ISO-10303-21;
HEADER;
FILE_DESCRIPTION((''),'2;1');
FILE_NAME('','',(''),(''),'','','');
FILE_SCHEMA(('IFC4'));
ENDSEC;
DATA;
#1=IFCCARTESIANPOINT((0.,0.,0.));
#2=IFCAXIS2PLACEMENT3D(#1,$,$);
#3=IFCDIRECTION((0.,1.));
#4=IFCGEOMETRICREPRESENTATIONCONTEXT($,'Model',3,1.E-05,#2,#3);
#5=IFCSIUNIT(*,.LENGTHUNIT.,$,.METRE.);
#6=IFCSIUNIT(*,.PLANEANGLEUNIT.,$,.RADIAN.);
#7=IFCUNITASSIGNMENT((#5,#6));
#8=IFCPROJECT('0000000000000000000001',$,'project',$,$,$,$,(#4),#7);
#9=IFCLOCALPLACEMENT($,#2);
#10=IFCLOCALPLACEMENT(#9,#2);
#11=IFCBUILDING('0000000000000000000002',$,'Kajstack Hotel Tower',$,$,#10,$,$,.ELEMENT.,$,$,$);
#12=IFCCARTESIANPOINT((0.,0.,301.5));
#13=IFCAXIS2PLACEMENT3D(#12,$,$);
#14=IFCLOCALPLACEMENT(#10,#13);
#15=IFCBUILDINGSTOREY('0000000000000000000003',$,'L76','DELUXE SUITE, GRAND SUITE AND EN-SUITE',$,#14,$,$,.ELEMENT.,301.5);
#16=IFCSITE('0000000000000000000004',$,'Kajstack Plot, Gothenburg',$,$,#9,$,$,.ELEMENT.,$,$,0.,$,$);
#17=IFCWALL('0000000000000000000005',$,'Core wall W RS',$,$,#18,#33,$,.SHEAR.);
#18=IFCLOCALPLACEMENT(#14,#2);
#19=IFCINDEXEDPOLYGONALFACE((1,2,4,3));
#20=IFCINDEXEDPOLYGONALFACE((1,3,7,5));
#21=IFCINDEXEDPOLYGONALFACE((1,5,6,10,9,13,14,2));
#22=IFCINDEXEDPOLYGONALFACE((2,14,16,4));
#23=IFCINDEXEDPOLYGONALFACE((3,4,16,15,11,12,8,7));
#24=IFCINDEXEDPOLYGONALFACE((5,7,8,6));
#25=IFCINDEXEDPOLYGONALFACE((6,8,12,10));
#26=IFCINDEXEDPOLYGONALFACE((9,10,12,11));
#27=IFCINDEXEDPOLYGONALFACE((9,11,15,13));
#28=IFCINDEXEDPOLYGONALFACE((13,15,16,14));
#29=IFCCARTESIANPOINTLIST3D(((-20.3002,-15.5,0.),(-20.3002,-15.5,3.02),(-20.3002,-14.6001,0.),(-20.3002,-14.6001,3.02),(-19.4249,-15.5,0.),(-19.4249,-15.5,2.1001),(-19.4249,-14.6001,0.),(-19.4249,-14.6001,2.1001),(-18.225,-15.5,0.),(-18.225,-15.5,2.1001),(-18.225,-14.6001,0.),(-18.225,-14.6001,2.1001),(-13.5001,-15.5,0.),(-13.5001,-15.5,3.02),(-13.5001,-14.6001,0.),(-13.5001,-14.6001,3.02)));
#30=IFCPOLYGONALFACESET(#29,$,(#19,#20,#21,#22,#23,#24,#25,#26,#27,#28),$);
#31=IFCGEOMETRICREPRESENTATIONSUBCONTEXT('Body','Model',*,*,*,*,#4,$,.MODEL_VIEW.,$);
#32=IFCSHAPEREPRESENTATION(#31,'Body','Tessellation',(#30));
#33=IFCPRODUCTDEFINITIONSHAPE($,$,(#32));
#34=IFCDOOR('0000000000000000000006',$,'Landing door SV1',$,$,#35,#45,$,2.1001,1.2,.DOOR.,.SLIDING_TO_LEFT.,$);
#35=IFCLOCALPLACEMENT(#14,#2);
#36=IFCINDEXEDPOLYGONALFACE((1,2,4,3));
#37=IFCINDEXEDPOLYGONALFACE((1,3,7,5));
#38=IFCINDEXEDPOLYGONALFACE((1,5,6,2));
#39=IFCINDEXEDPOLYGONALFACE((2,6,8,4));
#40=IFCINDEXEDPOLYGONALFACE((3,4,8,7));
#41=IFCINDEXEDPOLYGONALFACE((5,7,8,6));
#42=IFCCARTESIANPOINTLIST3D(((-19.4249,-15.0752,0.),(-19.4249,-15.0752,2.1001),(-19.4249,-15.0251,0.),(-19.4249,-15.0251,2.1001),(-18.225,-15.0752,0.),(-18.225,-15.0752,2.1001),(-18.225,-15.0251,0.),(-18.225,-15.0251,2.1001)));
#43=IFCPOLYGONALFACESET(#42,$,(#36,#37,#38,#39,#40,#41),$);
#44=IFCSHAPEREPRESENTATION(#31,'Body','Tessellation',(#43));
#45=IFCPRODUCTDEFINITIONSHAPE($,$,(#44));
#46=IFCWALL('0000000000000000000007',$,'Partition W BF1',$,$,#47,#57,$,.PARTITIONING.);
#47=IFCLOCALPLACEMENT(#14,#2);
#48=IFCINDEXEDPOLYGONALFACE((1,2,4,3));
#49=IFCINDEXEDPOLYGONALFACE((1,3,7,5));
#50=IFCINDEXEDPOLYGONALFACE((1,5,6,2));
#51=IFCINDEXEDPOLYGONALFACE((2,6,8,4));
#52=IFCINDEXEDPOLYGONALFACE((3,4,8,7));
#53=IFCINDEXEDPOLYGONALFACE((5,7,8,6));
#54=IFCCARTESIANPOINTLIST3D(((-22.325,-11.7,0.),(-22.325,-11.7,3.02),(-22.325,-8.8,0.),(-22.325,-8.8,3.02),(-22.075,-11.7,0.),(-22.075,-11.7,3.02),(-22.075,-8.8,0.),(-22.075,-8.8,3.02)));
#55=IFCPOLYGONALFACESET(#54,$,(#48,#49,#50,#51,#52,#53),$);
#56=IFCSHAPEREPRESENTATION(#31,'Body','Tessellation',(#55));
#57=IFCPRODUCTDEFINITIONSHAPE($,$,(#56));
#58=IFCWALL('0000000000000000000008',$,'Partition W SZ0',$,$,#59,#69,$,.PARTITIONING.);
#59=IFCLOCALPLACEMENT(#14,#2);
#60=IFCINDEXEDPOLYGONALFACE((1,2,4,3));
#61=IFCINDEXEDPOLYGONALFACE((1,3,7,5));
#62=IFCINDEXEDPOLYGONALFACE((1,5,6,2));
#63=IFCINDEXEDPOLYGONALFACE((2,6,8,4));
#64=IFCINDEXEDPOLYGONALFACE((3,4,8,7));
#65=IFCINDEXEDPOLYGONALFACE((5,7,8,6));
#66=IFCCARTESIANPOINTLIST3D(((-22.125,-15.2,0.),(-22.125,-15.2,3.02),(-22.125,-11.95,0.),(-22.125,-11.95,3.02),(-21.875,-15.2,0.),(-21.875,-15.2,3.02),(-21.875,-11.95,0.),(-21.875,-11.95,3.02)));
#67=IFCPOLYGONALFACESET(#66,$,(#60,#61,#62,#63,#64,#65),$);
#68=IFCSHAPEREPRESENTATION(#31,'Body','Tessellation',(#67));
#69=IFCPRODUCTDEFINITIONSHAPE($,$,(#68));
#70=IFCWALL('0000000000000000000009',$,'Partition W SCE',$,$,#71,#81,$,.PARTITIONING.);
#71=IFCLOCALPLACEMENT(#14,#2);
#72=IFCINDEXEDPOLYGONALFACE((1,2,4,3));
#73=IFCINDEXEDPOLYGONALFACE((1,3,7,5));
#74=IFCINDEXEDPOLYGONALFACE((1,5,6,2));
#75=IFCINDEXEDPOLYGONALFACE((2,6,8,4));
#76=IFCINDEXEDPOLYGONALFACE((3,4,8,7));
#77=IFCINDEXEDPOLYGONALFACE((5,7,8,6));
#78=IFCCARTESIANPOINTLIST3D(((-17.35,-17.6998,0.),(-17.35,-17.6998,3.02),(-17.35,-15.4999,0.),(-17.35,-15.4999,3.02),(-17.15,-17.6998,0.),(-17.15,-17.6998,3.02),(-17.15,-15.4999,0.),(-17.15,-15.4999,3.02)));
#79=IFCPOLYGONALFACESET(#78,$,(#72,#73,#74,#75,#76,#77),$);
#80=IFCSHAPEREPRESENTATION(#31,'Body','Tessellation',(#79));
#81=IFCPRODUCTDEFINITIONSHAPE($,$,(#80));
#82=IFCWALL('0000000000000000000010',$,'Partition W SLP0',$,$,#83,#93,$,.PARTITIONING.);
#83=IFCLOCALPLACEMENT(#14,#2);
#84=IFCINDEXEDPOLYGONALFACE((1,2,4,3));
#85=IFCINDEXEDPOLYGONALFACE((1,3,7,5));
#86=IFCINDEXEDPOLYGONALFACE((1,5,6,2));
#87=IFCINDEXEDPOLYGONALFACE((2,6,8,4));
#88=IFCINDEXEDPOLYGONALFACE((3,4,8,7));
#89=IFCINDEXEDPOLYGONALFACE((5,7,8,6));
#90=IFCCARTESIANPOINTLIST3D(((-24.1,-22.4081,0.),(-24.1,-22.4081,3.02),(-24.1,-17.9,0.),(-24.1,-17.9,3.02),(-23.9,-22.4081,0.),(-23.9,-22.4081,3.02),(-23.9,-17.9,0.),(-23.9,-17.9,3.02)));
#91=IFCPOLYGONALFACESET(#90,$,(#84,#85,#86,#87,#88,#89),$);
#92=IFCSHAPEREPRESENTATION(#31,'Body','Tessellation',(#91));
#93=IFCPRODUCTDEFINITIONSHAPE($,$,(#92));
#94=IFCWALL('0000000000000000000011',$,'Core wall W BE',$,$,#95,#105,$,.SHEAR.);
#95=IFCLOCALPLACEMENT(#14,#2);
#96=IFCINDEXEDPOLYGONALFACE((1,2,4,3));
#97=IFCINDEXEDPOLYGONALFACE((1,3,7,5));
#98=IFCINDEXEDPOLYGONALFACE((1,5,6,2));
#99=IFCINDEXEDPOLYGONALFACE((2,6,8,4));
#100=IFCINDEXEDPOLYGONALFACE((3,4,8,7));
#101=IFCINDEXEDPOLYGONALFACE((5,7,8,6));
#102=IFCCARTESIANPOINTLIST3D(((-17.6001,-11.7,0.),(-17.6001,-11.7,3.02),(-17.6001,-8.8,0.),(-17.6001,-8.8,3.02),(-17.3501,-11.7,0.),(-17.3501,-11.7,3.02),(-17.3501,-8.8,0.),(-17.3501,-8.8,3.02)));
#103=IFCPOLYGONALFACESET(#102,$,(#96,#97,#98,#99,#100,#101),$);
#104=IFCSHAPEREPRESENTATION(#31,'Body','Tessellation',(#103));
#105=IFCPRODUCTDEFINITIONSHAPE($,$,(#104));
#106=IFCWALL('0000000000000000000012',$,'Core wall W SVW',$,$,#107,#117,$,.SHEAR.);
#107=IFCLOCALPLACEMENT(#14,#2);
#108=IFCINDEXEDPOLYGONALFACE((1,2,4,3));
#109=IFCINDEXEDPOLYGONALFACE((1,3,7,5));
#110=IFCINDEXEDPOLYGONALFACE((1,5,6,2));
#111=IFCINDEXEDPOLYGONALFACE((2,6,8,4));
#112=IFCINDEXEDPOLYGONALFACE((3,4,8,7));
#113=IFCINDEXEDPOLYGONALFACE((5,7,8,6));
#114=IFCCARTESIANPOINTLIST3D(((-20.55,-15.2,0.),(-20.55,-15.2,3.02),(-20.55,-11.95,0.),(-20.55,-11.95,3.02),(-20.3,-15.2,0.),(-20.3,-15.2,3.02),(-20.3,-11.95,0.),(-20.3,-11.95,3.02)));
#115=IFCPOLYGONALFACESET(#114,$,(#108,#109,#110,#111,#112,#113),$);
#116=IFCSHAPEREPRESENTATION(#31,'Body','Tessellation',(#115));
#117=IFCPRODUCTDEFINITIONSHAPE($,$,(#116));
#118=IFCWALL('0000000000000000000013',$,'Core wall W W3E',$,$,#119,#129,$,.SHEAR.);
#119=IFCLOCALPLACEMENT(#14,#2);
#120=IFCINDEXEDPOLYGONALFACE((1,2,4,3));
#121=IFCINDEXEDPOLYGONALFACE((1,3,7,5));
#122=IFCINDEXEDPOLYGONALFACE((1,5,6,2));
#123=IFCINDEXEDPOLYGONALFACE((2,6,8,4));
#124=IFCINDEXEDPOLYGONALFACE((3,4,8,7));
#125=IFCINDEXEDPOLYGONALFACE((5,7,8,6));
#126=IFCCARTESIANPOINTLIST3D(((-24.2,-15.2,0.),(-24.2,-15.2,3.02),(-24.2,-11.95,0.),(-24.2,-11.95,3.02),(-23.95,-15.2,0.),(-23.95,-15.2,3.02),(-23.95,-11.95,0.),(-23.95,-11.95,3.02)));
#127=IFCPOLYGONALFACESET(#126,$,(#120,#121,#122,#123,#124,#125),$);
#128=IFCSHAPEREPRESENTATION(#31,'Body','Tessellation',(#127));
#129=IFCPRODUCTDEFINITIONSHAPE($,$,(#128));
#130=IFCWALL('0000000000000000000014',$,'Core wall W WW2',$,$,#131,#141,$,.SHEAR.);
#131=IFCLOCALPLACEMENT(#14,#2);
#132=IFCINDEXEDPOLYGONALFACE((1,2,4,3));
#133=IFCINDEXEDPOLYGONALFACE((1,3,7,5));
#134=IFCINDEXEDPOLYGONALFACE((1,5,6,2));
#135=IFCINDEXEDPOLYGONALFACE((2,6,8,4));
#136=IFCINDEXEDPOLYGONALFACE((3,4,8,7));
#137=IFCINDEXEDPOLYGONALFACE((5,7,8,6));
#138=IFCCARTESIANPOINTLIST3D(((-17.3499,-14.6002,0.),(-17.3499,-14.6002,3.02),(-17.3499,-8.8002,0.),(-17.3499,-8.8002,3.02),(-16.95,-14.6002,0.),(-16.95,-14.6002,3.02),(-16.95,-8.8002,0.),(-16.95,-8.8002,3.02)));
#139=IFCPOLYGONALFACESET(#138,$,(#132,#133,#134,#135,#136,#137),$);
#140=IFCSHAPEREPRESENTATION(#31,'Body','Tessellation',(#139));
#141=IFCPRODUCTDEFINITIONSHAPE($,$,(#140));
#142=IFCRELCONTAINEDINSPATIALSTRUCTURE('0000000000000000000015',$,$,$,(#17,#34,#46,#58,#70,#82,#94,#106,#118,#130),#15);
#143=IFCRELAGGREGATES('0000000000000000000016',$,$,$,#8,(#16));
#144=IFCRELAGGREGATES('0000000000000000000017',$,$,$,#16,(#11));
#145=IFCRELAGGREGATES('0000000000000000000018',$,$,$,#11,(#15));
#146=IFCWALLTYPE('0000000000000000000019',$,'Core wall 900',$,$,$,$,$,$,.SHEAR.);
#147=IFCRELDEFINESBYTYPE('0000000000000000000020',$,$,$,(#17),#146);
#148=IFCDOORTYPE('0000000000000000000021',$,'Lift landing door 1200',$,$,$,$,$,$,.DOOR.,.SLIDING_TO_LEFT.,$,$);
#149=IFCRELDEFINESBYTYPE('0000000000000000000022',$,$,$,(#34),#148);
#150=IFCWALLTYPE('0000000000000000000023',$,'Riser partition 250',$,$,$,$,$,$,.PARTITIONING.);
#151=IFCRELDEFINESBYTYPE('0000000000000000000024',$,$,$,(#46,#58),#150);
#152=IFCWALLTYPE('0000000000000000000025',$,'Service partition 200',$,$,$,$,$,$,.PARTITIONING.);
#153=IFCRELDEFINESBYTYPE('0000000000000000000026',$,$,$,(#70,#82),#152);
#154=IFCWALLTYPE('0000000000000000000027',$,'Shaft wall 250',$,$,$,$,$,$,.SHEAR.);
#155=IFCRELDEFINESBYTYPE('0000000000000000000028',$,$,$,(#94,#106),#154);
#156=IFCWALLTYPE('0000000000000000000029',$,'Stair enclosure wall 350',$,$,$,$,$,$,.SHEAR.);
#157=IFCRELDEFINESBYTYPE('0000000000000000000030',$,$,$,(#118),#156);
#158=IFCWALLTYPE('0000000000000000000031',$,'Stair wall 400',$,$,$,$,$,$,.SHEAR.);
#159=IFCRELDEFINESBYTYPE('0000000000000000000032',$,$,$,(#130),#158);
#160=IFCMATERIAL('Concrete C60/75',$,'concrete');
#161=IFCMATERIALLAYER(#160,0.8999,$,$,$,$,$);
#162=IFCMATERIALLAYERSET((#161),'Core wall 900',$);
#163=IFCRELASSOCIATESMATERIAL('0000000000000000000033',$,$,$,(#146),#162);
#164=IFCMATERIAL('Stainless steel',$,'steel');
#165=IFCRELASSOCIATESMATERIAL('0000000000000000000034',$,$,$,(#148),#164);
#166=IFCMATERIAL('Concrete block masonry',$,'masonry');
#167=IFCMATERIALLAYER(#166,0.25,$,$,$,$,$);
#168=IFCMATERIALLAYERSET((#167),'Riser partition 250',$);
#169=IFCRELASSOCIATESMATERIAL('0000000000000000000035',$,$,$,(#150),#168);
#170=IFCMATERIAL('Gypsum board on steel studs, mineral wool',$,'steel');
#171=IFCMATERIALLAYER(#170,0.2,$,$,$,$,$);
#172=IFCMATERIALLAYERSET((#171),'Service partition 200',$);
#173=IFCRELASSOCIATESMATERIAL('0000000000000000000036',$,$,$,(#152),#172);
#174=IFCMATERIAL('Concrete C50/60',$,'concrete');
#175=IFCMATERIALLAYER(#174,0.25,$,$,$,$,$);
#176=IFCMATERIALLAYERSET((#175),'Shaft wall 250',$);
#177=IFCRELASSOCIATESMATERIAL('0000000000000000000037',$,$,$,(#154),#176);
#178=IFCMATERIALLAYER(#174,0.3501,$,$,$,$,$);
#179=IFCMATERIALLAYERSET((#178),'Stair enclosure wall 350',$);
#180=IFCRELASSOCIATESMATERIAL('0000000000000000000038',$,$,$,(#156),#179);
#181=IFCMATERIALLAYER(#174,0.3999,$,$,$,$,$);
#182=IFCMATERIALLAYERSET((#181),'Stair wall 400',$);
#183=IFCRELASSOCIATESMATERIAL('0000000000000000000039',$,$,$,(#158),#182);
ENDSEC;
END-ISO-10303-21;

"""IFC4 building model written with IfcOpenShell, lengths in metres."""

from ifc_helpers import new_model, si_unit, direction, frame, frame_2d, origin, place, context, subcontext, project, spatial, rectangle, extrude, material, layer, layer_set, type_object, element, fill, save


model = new_model("IFC4")

# Units and contexts
model_context = context("Model", 3, precision=1e-05, world=origin(), true_north=direction((0.0, 1.0)))
body_context = subcontext(model_context, "Body", "Model", "MODEL_VIEW")
ifc_project = project(units=[si_unit("LENGTHUNIT", "METRE"), si_unit("PLANEANGLEUNIT", "RADIAN")], contexts=[model_context])

# Site, building, storey
site_placement = place(None, origin())
site = spatial("IfcSite", under=ifc_project, at=site_placement, Name="Kajstack Plot, Gothenburg", CompositionType="ELEMENT", RefElevation=0.0)
building_placement = place(site_placement, origin())
building = spatial("IfcBuilding", under=site, at=building_placement, Name="Kajstack Hotel Tower", CompositionType="ELEMENT")
storey_placement = place(building_placement, frame((0.0, 0.0, 301.5)))
storey = spatial("IfcBuildingStorey", under=building, at=storey_placement, Name="L76", Description="DELUXE SUITE, GRAND SUITE AND EN-SUITE", CompositionType="ELEMENT", Elevation=301.5)

# Wall, opening, door
ifc_material_1 = material(Name="Concrete C60/75", Category="concrete")
ifc_layer_1 = layer(ifc_material_1, 0.8999)
ifc_layer_set_1 = layer_set([ifc_layer_1], Name="Core wall 900")
wall_type_1 = type_object("IfcWallType", Name="Core wall 900", PredefinedType="SHEAR", material=ifc_layer_set_1)
wall_1_placement = place(storey_placement, frame((-20.3, -15.05, 0.0), z_axis=(0.0, 0.0, 1.0), x_axis=(1.0, 0.0, 0.0)))
wall_1 = element("IfcWall", 1, at=wall_1_placement, inside=storey, type_object=wall_type_1, Name="Core wall W RS", PredefinedType="SHEAR", context=body_context, shape_type="SweptSolid", body=[
    extrude(rectangle(XDim=6.8, YDim=0.8999, at=frame_2d((3.3999, 0.0))), origin(), (0.0, 0.0, 1.0), 3.02),
])
opening_placement = place(wall_1_placement, frame((0.875, 0.0, 0.0)))
opening = element("IfcOpeningElement", 2, at=opening_placement, cuts=wall_1, PredefinedType="OPENING", context=body_context, shape_type="SweptSolid", body=[
    extrude(rectangle(XDim=1.2, YDim=2.1001, at=frame_2d((0.6001, 1.05))), frame((0.0, 0.46, 0.0), z_axis=(0.0, -1.0, 0.0), x_axis=(1.0, 0.0, 0.0)), (0.0, 0.0, 1.0), 0.9199),
])
ifc_material_2 = material(Name="Stainless steel", Category="steel")
door_type = type_object("IfcDoorType", Name="Lift landing door 1200", OperationType="SLIDING_TO_LEFT", PredefinedType="DOOR", material=ifc_material_2)
door_placement = place(opening_placement, origin())
door = element("IfcDoor", 3, at=door_placement, inside=storey, type_object=door_type, Name="Landing door SV1", OperationType="SLIDING_TO_LEFT", OverallHeight=2.1001, OverallWidth=1.2, PredefinedType="DOOR", context=body_context, shape_type="SweptSolid", body=[
    extrude(rectangle(XDim=1.2, YDim=2.1001, at=frame_2d((0.6001, 1.05))), frame((0.0, 0.0249, 0.0), z_axis=(0.0, -1.0, 0.0), x_axis=(1.0, 0.0, 0.0)), (0.0, 0.0, 1.0), 0.05),
])
fill(opening, door)

# Walls
ifc_material_3 = material(Name="Concrete block masonry", Category="masonry")
ifc_layer_2 = layer(ifc_material_3, 0.25)
ifc_layer_set_2 = layer_set([ifc_layer_2], Name="Riser partition 250")
wall_type_2 = type_object("IfcWallType", Name="Riser partition 250", PredefinedType="PARTITIONING", material=ifc_layer_set_2)
wall_2_placement = place(storey_placement, frame((-22.2, -11.7, 0.0), z_axis=(0.0, 0.0, 1.0), x_axis=(0.0, 1.0, 0.0)))
element("IfcWall", 4, at=wall_2_placement, inside=storey, type_object=wall_type_2, Name="Partition W BF1", PredefinedType="PARTITIONING", context=body_context, shape_type="SweptSolid", body=[
    extrude(rectangle(XDim=2.8999, YDim=0.25, at=frame_2d((1.45, 0.0))), origin(), (0.0, 0.0, 1.0), 3.02),
])
wall_3_placement = place(storey_placement, frame((-22.0, -15.2, 0.0), z_axis=(0.0, 0.0, 1.0), x_axis=(0.0, 1.0, 0.0)))
element("IfcWall", 5, at=wall_3_placement, inside=storey, type_object=wall_type_2, Name="Partition W SZ0", PredefinedType="PARTITIONING", context=body_context, shape_type="SweptSolid", body=[
    extrude(rectangle(XDim=3.25, YDim=0.25, at=frame_2d((1.625, 0.0))), origin(), (0.0, 0.0, 1.0), 3.02),
])
ifc_material_4 = material(Name="Gypsum board on steel studs, mineral wool", Category="steel")
ifc_layer_3 = layer(ifc_material_4, 0.2)
ifc_layer_set_3 = layer_set([ifc_layer_3], Name="Service partition 200")
wall_type_3 = type_object("IfcWallType", Name="Service partition 200", PredefinedType="PARTITIONING", material=ifc_layer_set_3)
wall_4_placement = place(storey_placement, frame((-17.25, -17.7, 0.0), z_axis=(0.0, 0.0, 1.0), x_axis=(0.0, 1.0, 0.0)))
element("IfcWall", 6, at=wall_4_placement, inside=storey, type_object=wall_type_3, Name="Partition W SCE", PredefinedType="PARTITIONING", context=body_context, shape_type="SweptSolid", body=[
    extrude(rectangle(XDim=2.2, YDim=0.2, at=frame_2d((1.1001, 0.0))), origin(), (0.0, 0.0, 1.0), 3.02),
])
wall_5_placement = place(storey_placement, frame((-24.0, -22.408, 0.0), z_axis=(0.0, 0.0, 1.0), x_axis=(0.0, 1.0, 0.0)))
element("IfcWall", 7, at=wall_5_placement, inside=storey, type_object=wall_type_3, Name="Partition W SLP0", PredefinedType="PARTITIONING", context=body_context, shape_type="SweptSolid", body=[
    extrude(rectangle(XDim=4.5081, YDim=0.2, at=frame_2d((2.2539, 0.0))), origin(), (0.0, 0.0, 1.0), 3.02),
])
ifc_material_5 = material(Name="Concrete C50/60", Category="concrete")
ifc_layer_4 = layer(ifc_material_5, 0.25)
ifc_layer_set_4 = layer_set([ifc_layer_4], Name="Shaft wall 250")
wall_type_4 = type_object("IfcWallType", Name="Shaft wall 250", PredefinedType="SHEAR", material=ifc_layer_set_4)
wall_6_placement = place(storey_placement, frame((-17.4751, -11.7, 0.0), z_axis=(0.0, 0.0, 1.0), x_axis=(0.0, 1.0, 0.0)))
element("IfcWall", 8, at=wall_6_placement, inside=storey, type_object=wall_type_4, Name="Core wall W BE", PredefinedType="SHEAR", context=body_context, shape_type="SweptSolid", body=[
    extrude(rectangle(XDim=2.8999, YDim=0.25, at=frame_2d((1.45, 0.0))), origin(), (0.0, 0.0, 1.0), 3.02),
])
wall_7_placement = place(storey_placement, frame((-20.425, -15.2, 0.0), z_axis=(0.0, 0.0, 1.0), x_axis=(0.0, 1.0, 0.0)))
element("IfcWall", 9, at=wall_7_placement, inside=storey, type_object=wall_type_4, Name="Core wall W SVW", PredefinedType="SHEAR", context=body_context, shape_type="SweptSolid", body=[
    extrude(rectangle(XDim=3.25, YDim=0.25, at=frame_2d((1.625, 0.0))), origin(), (0.0, 0.0, 1.0), 3.02),
])
ifc_layer_5 = layer(ifc_material_5, 0.3501)
ifc_layer_set_5 = layer_set([ifc_layer_5], Name="Stair enclosure wall 350")
wall_type_5 = type_object("IfcWallType", Name="Stair enclosure wall 350", PredefinedType="SHEAR", material=ifc_layer_set_5)
wall_8_placement = place(storey_placement, frame((-24.075, -15.2, 0.0), z_axis=(0.0, 0.0, 1.0), x_axis=(0.0, 1.0, 0.0)))
element("IfcWall", 10, at=wall_8_placement, inside=storey, type_object=wall_type_5, Name="Core wall W W3E", PredefinedType="SHEAR", context=body_context, shape_type="SweptSolid", body=[
    extrude(rectangle(XDim=3.25, YDim=0.25, at=frame_2d((1.625, 0.0))), origin(), (0.0, 0.0, 1.0), 3.02),
])
ifc_layer_6 = layer(ifc_material_5, 0.3999)
ifc_layer_set_6 = layer_set([ifc_layer_6], Name="Stair wall 400")
wall_type_6 = type_object("IfcWallType", Name="Stair wall 400", PredefinedType="SHEAR", material=ifc_layer_set_6)
wall_9_placement = place(storey_placement, frame((-17.1499, -14.6001, 0.0), z_axis=(0.0, 0.0, 1.0), x_axis=(0.0, 1.0, 0.0)))
element("IfcWall", 11, at=wall_9_placement, inside=storey, type_object=wall_type_6, Name="Core wall W WW2", PredefinedType="SHEAR", context=body_context, shape_type="SweptSolid", body=[
    extrude(rectangle(XDim=5.8, YDim=0.3999, at=frame_2d((2.8999, 0.0))), origin(), (0.0, 0.0, 1.0), 3.02),
])

save(model, "model.ifc")
